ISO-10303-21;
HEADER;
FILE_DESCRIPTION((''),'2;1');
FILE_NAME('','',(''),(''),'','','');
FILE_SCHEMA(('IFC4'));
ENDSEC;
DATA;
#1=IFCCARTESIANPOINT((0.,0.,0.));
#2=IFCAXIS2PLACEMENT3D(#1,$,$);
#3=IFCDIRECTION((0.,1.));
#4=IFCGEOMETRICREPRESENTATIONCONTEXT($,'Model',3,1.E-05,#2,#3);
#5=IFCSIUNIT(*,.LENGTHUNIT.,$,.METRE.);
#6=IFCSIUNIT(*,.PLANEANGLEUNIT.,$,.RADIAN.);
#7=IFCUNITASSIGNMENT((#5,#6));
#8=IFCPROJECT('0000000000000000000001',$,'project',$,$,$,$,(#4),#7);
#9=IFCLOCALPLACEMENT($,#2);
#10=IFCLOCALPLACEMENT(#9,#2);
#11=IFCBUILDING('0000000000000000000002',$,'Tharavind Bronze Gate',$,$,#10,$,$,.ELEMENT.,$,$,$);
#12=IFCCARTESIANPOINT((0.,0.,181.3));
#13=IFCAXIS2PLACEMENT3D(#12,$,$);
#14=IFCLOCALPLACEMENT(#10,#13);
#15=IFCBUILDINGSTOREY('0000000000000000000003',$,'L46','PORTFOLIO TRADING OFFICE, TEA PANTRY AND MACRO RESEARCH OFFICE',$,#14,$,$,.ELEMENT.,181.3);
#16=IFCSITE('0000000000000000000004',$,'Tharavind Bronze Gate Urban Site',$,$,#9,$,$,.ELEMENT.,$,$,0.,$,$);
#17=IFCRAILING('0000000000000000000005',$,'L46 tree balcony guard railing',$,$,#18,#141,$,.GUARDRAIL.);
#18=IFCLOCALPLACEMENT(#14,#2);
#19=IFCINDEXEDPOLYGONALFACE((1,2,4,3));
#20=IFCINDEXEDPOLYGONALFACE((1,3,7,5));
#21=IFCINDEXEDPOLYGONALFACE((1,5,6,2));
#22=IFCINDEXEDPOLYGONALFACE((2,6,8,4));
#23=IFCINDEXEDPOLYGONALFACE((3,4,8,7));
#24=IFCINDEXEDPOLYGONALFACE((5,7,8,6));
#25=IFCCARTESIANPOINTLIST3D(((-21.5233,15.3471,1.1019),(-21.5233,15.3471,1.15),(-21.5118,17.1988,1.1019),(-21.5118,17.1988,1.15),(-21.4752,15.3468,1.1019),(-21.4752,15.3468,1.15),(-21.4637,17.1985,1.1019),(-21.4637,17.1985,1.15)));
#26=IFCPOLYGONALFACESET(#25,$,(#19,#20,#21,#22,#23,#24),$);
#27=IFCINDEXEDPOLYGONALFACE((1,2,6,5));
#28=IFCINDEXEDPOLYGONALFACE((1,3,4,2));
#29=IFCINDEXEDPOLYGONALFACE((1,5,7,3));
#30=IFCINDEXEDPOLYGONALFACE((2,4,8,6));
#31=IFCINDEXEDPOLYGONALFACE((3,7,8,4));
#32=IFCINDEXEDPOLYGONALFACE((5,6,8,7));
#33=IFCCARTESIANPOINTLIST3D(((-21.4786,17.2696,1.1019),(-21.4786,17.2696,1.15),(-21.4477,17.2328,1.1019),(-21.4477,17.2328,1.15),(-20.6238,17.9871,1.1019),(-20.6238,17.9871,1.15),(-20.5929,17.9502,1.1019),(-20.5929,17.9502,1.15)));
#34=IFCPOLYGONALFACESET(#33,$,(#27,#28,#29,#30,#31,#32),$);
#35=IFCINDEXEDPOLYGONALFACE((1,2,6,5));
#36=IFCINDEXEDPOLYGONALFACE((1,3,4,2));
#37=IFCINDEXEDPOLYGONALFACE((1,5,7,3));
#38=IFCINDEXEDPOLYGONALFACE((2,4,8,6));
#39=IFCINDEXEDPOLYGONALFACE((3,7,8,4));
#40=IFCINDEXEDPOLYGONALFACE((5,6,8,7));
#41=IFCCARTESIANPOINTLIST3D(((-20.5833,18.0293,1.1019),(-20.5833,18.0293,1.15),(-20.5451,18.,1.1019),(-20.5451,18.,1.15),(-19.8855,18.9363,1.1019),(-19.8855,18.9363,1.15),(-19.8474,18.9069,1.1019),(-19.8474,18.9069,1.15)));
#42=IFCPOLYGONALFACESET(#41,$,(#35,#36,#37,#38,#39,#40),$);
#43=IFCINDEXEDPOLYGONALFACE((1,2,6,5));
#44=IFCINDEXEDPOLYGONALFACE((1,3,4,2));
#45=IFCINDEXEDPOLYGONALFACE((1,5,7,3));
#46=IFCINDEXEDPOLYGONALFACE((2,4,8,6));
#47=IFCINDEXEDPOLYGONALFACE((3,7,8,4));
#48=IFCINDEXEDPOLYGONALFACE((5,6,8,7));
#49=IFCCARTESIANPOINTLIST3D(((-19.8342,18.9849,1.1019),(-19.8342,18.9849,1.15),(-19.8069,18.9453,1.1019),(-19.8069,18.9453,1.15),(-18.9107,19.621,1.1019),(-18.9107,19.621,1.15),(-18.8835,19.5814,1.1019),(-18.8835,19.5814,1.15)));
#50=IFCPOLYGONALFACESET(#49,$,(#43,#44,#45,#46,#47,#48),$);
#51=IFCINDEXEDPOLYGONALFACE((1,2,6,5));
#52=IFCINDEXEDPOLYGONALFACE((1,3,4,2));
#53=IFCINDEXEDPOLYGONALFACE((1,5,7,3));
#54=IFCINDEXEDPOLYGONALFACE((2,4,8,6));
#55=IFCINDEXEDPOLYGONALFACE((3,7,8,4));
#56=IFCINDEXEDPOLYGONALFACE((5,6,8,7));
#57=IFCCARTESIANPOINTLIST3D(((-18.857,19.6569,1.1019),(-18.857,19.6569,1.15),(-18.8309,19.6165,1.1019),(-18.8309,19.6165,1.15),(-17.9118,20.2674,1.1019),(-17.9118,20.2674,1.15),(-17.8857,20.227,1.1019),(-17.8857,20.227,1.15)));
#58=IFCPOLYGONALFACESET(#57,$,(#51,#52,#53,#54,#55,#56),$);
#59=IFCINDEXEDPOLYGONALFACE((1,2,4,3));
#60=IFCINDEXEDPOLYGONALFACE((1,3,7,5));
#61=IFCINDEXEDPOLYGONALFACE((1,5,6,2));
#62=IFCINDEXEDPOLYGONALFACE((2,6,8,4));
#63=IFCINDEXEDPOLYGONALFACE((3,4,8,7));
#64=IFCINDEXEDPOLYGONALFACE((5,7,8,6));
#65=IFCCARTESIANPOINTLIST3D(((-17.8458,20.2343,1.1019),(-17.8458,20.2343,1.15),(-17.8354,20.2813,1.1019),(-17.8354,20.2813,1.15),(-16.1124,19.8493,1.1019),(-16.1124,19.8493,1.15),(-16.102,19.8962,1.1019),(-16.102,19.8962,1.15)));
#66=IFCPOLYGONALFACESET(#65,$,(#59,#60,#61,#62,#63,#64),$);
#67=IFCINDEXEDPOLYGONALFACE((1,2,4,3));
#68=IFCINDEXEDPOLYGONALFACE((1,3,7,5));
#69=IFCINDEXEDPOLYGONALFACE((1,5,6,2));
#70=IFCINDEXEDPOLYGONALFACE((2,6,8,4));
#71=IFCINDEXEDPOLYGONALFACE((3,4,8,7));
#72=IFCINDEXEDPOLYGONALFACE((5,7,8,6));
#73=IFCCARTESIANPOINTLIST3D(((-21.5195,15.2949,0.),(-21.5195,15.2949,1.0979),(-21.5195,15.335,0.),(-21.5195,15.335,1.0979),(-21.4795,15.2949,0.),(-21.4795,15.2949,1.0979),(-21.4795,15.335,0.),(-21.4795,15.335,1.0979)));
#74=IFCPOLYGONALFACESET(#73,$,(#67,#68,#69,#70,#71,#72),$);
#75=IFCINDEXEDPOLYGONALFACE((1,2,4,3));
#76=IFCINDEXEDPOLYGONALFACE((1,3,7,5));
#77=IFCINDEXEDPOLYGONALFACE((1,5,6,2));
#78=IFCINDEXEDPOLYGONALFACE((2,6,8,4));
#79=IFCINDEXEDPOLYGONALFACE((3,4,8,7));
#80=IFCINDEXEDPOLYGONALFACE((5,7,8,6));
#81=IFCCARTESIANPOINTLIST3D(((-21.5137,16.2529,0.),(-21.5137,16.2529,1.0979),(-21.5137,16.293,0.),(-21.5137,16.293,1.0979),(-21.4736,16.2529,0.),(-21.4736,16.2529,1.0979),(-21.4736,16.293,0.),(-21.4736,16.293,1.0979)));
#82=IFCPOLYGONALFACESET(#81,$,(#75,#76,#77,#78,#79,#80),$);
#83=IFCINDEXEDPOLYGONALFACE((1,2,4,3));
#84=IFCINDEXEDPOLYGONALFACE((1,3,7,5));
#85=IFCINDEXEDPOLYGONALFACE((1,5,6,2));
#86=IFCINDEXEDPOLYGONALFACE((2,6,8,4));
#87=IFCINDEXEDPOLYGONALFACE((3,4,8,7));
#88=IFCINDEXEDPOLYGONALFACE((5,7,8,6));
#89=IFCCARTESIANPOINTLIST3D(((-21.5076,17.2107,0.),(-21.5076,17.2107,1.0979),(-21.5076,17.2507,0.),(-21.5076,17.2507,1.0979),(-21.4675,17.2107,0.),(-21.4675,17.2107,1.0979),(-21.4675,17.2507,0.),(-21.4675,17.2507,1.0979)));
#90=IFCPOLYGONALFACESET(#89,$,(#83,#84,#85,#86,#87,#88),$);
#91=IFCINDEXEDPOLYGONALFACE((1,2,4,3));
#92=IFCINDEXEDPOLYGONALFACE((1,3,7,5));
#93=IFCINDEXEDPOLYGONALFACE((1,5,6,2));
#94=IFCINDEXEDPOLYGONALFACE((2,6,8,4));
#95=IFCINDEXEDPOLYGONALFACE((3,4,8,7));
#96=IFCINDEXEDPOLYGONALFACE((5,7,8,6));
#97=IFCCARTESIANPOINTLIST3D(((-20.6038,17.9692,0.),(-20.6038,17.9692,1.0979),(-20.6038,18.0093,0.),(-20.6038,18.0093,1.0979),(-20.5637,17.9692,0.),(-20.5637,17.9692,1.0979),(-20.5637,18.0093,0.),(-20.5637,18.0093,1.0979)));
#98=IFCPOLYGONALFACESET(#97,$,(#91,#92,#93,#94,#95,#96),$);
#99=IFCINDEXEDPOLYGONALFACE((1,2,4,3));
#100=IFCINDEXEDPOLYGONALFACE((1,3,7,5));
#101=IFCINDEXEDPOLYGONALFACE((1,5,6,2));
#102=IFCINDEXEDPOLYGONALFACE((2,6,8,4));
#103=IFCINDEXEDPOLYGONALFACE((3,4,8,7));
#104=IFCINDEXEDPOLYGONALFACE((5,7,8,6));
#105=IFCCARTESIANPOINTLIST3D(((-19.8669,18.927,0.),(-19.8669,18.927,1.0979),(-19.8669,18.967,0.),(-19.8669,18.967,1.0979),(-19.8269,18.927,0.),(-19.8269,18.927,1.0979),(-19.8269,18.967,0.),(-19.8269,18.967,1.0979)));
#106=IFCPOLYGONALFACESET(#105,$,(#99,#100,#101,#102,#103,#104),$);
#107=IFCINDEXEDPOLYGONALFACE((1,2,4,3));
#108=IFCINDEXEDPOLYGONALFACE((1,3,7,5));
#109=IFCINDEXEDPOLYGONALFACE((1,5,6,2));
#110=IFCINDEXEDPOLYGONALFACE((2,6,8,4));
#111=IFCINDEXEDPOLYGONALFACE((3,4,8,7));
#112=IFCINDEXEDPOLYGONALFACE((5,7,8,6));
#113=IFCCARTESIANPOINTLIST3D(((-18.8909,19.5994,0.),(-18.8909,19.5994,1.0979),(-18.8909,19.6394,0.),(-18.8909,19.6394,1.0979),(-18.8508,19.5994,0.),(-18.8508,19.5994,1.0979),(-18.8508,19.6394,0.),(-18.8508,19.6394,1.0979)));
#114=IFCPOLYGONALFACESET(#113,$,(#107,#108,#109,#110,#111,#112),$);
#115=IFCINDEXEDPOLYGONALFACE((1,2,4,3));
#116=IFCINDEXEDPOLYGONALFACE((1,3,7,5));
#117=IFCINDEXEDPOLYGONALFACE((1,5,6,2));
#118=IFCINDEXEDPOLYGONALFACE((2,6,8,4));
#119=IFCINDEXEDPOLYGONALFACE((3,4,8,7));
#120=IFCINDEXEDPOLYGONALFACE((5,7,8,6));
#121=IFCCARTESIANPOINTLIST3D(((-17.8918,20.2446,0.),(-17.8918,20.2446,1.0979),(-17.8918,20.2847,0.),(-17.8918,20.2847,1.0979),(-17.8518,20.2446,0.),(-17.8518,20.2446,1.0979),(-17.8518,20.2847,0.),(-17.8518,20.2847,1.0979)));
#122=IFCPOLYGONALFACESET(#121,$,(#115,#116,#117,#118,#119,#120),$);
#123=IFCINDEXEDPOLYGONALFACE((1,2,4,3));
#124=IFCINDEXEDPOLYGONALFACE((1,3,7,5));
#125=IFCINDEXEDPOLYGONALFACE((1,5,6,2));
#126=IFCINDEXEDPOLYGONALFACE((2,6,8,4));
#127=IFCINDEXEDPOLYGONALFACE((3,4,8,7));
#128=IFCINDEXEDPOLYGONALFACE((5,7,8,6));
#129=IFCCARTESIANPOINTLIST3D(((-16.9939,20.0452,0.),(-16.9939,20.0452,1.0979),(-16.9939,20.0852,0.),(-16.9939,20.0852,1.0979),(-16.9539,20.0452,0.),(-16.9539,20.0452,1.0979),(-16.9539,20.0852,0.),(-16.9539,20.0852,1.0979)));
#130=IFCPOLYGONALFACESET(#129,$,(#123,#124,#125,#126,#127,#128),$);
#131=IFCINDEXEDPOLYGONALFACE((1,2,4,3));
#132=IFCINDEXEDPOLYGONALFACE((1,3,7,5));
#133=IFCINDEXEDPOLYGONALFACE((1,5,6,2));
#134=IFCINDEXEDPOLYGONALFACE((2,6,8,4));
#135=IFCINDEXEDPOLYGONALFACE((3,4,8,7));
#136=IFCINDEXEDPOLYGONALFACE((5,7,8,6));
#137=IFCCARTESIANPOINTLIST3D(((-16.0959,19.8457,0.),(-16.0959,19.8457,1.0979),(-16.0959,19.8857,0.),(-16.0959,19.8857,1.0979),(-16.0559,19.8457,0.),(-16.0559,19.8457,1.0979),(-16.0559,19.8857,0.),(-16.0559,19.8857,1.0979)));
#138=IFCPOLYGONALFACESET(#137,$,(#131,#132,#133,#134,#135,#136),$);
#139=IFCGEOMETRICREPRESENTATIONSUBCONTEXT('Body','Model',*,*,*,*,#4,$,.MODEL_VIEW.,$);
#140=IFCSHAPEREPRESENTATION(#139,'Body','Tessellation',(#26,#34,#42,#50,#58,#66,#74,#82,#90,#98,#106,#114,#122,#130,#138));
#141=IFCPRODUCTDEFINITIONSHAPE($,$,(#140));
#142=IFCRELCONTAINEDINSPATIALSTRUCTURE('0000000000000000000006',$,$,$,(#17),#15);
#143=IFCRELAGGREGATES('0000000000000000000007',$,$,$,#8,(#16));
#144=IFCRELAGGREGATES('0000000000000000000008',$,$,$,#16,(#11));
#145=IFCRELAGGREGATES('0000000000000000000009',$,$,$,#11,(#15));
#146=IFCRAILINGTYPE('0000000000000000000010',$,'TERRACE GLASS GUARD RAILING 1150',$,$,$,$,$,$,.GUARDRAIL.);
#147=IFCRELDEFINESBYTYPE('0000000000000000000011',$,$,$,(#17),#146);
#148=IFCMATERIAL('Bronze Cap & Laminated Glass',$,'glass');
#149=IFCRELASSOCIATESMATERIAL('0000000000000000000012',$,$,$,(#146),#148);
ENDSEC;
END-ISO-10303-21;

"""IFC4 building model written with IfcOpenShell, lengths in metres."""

from ifc_helpers import new_model, si_unit, direction, frame, origin, origin_2d, place, context, subcontext, project, spatial, rectangle, extrude, material, type_object, element, save


model = new_model("IFC4")

# Units and contexts
model_context = context("Model", 3, precision=1e-05, world=origin(), true_north=direction((0.0, 1.0)))
body_context = subcontext(model_context, "Body", "Model", "MODEL_VIEW")
ifc_project = project(units=[si_unit("LENGTHUNIT", "METRE"), si_unit("PLANEANGLEUNIT", "RADIAN")], contexts=[model_context])

# Site, building, storey
site_placement = place(None, origin())
site = spatial("IfcSite", under=ifc_project, at=site_placement, Name="Tharavind Bronze Gate Urban Site", CompositionType="ELEMENT", RefElevation=0.0)
building_placement = place(site_placement, origin())
building = spatial("IfcBuilding", under=site, at=building_placement, Name="Tharavind Bronze Gate", CompositionType="ELEMENT")
storey_placement = place(building_placement, frame((0.0, 0.0, 181.3)))
storey = spatial("IfcBuildingStorey", under=building, at=storey_placement, Name="L46", Description="PORTFOLIO TRADING OFFICE, TEA PANTRY AND MACRO RESEARCH OFFICE", CompositionType="ELEMENT", Elevation=181.3)

# Railing
ifc_material_1 = material(Name="Bronze Cap & Laminated Glass", Category="glass")
railing_type = type_object("IfcRailingType", Name="TERRACE GLASS GUARD RAILING 1150", PredefinedType="GUARDRAIL", material=ifc_material_1)
railing_placement = place(storey_placement, frame((-21.4995, 15.3149, 0.0)))
element("IfcRailing", 1, at=railing_placement, inside=storey, type_object=railing_type, Name="L46 tree balcony guard railing", PredefinedType="GUARDRAIL", context=body_context, shape_type="SweptSolid", body=[
    extrude(rectangle(XDim=0.0481, YDim=0.0481, at=origin_2d()), frame((0.0002, 0.032, 1.126), z_axis=(0.006244, 0.999981, 0.0), x_axis=(-0.999981, 0.006244, 0.0)), (0.0, 0.0, 1.0), 1.8518),
    extrude(rectangle(XDim=0.0481, YDim=0.0481, at=origin_2d()), frame((0.0364, 1.9363, 1.126), z_axis=(0.765978, 0.642867, 0.0), x_axis=(-0.642867, 0.765978, 0.0)), (0.0, 0.0, 1.0), 1.116),
    extrude(rectangle(XDim=0.0481, YDim=0.0481, at=origin_2d()), frame((0.9353, 2.6997, 1.126), z_axis=(0.60975, 0.792594, 0.0), x_axis=(-0.792594, 0.60975, 0.0)), (0.0, 0.0, 1.0), 1.1443),
    extrude(rectangle(XDim=0.0481, YDim=0.0481, at=origin_2d()), frame((1.679, 3.6501, 1.126), z_axis=(0.823525, 0.56728, 0.0), x_axis=(-0.56728, 0.823525, 0.0)), (0.0, 0.0, 1.0), 1.1213),
    extrude(rectangle(XDim=0.0481, YDim=0.0481, at=origin_2d()), frame((2.6555, 4.3218, 1.126), z_axis=(0.840016, 0.542562, 0.0), x_axis=(-0.542562, 0.840016, 0.0)), (0.0, 0.0, 1.0), 1.1252),
    extrude(rectangle(XDim=0.0481, YDim=0.0481, at=origin_2d()), frame((3.6589, 4.9429, 1.126), z_axis=(0.976206, -0.216846, 0.0), x_axis=(0.216846, 0.976206, 0.0)), (0.0, 0.0, 1.0), 1.7756),
    extrude(rectangle(XDim=0.04, YDim=0.04, at=origin_2d()), origin(), (0.0, 0.0, 1.0), 1.0979),
    extrude(rectangle(XDim=0.04, YDim=0.04, at=origin_2d()), frame((0.0059, 0.958, 0.0)), (0.0, 0.0, 1.0), 1.0979),
    extrude(rectangle(XDim=0.04, YDim=0.04, at=origin_2d()), frame((0.012, 1.9158, 0.0)), (0.0, 0.0, 1.0), 1.0979),
    extrude(rectangle(XDim=0.04, YDim=0.04, at=origin_2d()), frame((0.9158, 2.6743, 0.0)), (0.0, 0.0, 1.0), 1.0979),
    extrude(rectangle(XDim=0.04, YDim=0.04, at=origin_2d()), frame((1.6526, 3.6321, 0.0)), (0.0, 0.0, 1.0), 1.0979),
    extrude(rectangle(XDim=0.04, YDim=0.04, at=origin_2d()), frame((2.6287, 4.3044, 0.0)), (0.0, 0.0, 1.0), 1.0979),
    extrude(rectangle(XDim=0.04, YDim=0.04, at=origin_2d()), frame((3.6277, 4.9497, 0.0)), (0.0, 0.0, 1.0), 1.0979),
    extrude(rectangle(XDim=0.04, YDim=0.04, at=origin_2d()), frame((4.5256, 4.7502, 0.0)), (0.0, 0.0, 1.0), 1.0979),
    extrude(rectangle(XDim=0.04, YDim=0.04, at=origin_2d()), frame((5.4236, 4.5508, 0.0)), (0.0, 0.0, 1.0), 1.0979),
])

save(model, "model.ifc")
